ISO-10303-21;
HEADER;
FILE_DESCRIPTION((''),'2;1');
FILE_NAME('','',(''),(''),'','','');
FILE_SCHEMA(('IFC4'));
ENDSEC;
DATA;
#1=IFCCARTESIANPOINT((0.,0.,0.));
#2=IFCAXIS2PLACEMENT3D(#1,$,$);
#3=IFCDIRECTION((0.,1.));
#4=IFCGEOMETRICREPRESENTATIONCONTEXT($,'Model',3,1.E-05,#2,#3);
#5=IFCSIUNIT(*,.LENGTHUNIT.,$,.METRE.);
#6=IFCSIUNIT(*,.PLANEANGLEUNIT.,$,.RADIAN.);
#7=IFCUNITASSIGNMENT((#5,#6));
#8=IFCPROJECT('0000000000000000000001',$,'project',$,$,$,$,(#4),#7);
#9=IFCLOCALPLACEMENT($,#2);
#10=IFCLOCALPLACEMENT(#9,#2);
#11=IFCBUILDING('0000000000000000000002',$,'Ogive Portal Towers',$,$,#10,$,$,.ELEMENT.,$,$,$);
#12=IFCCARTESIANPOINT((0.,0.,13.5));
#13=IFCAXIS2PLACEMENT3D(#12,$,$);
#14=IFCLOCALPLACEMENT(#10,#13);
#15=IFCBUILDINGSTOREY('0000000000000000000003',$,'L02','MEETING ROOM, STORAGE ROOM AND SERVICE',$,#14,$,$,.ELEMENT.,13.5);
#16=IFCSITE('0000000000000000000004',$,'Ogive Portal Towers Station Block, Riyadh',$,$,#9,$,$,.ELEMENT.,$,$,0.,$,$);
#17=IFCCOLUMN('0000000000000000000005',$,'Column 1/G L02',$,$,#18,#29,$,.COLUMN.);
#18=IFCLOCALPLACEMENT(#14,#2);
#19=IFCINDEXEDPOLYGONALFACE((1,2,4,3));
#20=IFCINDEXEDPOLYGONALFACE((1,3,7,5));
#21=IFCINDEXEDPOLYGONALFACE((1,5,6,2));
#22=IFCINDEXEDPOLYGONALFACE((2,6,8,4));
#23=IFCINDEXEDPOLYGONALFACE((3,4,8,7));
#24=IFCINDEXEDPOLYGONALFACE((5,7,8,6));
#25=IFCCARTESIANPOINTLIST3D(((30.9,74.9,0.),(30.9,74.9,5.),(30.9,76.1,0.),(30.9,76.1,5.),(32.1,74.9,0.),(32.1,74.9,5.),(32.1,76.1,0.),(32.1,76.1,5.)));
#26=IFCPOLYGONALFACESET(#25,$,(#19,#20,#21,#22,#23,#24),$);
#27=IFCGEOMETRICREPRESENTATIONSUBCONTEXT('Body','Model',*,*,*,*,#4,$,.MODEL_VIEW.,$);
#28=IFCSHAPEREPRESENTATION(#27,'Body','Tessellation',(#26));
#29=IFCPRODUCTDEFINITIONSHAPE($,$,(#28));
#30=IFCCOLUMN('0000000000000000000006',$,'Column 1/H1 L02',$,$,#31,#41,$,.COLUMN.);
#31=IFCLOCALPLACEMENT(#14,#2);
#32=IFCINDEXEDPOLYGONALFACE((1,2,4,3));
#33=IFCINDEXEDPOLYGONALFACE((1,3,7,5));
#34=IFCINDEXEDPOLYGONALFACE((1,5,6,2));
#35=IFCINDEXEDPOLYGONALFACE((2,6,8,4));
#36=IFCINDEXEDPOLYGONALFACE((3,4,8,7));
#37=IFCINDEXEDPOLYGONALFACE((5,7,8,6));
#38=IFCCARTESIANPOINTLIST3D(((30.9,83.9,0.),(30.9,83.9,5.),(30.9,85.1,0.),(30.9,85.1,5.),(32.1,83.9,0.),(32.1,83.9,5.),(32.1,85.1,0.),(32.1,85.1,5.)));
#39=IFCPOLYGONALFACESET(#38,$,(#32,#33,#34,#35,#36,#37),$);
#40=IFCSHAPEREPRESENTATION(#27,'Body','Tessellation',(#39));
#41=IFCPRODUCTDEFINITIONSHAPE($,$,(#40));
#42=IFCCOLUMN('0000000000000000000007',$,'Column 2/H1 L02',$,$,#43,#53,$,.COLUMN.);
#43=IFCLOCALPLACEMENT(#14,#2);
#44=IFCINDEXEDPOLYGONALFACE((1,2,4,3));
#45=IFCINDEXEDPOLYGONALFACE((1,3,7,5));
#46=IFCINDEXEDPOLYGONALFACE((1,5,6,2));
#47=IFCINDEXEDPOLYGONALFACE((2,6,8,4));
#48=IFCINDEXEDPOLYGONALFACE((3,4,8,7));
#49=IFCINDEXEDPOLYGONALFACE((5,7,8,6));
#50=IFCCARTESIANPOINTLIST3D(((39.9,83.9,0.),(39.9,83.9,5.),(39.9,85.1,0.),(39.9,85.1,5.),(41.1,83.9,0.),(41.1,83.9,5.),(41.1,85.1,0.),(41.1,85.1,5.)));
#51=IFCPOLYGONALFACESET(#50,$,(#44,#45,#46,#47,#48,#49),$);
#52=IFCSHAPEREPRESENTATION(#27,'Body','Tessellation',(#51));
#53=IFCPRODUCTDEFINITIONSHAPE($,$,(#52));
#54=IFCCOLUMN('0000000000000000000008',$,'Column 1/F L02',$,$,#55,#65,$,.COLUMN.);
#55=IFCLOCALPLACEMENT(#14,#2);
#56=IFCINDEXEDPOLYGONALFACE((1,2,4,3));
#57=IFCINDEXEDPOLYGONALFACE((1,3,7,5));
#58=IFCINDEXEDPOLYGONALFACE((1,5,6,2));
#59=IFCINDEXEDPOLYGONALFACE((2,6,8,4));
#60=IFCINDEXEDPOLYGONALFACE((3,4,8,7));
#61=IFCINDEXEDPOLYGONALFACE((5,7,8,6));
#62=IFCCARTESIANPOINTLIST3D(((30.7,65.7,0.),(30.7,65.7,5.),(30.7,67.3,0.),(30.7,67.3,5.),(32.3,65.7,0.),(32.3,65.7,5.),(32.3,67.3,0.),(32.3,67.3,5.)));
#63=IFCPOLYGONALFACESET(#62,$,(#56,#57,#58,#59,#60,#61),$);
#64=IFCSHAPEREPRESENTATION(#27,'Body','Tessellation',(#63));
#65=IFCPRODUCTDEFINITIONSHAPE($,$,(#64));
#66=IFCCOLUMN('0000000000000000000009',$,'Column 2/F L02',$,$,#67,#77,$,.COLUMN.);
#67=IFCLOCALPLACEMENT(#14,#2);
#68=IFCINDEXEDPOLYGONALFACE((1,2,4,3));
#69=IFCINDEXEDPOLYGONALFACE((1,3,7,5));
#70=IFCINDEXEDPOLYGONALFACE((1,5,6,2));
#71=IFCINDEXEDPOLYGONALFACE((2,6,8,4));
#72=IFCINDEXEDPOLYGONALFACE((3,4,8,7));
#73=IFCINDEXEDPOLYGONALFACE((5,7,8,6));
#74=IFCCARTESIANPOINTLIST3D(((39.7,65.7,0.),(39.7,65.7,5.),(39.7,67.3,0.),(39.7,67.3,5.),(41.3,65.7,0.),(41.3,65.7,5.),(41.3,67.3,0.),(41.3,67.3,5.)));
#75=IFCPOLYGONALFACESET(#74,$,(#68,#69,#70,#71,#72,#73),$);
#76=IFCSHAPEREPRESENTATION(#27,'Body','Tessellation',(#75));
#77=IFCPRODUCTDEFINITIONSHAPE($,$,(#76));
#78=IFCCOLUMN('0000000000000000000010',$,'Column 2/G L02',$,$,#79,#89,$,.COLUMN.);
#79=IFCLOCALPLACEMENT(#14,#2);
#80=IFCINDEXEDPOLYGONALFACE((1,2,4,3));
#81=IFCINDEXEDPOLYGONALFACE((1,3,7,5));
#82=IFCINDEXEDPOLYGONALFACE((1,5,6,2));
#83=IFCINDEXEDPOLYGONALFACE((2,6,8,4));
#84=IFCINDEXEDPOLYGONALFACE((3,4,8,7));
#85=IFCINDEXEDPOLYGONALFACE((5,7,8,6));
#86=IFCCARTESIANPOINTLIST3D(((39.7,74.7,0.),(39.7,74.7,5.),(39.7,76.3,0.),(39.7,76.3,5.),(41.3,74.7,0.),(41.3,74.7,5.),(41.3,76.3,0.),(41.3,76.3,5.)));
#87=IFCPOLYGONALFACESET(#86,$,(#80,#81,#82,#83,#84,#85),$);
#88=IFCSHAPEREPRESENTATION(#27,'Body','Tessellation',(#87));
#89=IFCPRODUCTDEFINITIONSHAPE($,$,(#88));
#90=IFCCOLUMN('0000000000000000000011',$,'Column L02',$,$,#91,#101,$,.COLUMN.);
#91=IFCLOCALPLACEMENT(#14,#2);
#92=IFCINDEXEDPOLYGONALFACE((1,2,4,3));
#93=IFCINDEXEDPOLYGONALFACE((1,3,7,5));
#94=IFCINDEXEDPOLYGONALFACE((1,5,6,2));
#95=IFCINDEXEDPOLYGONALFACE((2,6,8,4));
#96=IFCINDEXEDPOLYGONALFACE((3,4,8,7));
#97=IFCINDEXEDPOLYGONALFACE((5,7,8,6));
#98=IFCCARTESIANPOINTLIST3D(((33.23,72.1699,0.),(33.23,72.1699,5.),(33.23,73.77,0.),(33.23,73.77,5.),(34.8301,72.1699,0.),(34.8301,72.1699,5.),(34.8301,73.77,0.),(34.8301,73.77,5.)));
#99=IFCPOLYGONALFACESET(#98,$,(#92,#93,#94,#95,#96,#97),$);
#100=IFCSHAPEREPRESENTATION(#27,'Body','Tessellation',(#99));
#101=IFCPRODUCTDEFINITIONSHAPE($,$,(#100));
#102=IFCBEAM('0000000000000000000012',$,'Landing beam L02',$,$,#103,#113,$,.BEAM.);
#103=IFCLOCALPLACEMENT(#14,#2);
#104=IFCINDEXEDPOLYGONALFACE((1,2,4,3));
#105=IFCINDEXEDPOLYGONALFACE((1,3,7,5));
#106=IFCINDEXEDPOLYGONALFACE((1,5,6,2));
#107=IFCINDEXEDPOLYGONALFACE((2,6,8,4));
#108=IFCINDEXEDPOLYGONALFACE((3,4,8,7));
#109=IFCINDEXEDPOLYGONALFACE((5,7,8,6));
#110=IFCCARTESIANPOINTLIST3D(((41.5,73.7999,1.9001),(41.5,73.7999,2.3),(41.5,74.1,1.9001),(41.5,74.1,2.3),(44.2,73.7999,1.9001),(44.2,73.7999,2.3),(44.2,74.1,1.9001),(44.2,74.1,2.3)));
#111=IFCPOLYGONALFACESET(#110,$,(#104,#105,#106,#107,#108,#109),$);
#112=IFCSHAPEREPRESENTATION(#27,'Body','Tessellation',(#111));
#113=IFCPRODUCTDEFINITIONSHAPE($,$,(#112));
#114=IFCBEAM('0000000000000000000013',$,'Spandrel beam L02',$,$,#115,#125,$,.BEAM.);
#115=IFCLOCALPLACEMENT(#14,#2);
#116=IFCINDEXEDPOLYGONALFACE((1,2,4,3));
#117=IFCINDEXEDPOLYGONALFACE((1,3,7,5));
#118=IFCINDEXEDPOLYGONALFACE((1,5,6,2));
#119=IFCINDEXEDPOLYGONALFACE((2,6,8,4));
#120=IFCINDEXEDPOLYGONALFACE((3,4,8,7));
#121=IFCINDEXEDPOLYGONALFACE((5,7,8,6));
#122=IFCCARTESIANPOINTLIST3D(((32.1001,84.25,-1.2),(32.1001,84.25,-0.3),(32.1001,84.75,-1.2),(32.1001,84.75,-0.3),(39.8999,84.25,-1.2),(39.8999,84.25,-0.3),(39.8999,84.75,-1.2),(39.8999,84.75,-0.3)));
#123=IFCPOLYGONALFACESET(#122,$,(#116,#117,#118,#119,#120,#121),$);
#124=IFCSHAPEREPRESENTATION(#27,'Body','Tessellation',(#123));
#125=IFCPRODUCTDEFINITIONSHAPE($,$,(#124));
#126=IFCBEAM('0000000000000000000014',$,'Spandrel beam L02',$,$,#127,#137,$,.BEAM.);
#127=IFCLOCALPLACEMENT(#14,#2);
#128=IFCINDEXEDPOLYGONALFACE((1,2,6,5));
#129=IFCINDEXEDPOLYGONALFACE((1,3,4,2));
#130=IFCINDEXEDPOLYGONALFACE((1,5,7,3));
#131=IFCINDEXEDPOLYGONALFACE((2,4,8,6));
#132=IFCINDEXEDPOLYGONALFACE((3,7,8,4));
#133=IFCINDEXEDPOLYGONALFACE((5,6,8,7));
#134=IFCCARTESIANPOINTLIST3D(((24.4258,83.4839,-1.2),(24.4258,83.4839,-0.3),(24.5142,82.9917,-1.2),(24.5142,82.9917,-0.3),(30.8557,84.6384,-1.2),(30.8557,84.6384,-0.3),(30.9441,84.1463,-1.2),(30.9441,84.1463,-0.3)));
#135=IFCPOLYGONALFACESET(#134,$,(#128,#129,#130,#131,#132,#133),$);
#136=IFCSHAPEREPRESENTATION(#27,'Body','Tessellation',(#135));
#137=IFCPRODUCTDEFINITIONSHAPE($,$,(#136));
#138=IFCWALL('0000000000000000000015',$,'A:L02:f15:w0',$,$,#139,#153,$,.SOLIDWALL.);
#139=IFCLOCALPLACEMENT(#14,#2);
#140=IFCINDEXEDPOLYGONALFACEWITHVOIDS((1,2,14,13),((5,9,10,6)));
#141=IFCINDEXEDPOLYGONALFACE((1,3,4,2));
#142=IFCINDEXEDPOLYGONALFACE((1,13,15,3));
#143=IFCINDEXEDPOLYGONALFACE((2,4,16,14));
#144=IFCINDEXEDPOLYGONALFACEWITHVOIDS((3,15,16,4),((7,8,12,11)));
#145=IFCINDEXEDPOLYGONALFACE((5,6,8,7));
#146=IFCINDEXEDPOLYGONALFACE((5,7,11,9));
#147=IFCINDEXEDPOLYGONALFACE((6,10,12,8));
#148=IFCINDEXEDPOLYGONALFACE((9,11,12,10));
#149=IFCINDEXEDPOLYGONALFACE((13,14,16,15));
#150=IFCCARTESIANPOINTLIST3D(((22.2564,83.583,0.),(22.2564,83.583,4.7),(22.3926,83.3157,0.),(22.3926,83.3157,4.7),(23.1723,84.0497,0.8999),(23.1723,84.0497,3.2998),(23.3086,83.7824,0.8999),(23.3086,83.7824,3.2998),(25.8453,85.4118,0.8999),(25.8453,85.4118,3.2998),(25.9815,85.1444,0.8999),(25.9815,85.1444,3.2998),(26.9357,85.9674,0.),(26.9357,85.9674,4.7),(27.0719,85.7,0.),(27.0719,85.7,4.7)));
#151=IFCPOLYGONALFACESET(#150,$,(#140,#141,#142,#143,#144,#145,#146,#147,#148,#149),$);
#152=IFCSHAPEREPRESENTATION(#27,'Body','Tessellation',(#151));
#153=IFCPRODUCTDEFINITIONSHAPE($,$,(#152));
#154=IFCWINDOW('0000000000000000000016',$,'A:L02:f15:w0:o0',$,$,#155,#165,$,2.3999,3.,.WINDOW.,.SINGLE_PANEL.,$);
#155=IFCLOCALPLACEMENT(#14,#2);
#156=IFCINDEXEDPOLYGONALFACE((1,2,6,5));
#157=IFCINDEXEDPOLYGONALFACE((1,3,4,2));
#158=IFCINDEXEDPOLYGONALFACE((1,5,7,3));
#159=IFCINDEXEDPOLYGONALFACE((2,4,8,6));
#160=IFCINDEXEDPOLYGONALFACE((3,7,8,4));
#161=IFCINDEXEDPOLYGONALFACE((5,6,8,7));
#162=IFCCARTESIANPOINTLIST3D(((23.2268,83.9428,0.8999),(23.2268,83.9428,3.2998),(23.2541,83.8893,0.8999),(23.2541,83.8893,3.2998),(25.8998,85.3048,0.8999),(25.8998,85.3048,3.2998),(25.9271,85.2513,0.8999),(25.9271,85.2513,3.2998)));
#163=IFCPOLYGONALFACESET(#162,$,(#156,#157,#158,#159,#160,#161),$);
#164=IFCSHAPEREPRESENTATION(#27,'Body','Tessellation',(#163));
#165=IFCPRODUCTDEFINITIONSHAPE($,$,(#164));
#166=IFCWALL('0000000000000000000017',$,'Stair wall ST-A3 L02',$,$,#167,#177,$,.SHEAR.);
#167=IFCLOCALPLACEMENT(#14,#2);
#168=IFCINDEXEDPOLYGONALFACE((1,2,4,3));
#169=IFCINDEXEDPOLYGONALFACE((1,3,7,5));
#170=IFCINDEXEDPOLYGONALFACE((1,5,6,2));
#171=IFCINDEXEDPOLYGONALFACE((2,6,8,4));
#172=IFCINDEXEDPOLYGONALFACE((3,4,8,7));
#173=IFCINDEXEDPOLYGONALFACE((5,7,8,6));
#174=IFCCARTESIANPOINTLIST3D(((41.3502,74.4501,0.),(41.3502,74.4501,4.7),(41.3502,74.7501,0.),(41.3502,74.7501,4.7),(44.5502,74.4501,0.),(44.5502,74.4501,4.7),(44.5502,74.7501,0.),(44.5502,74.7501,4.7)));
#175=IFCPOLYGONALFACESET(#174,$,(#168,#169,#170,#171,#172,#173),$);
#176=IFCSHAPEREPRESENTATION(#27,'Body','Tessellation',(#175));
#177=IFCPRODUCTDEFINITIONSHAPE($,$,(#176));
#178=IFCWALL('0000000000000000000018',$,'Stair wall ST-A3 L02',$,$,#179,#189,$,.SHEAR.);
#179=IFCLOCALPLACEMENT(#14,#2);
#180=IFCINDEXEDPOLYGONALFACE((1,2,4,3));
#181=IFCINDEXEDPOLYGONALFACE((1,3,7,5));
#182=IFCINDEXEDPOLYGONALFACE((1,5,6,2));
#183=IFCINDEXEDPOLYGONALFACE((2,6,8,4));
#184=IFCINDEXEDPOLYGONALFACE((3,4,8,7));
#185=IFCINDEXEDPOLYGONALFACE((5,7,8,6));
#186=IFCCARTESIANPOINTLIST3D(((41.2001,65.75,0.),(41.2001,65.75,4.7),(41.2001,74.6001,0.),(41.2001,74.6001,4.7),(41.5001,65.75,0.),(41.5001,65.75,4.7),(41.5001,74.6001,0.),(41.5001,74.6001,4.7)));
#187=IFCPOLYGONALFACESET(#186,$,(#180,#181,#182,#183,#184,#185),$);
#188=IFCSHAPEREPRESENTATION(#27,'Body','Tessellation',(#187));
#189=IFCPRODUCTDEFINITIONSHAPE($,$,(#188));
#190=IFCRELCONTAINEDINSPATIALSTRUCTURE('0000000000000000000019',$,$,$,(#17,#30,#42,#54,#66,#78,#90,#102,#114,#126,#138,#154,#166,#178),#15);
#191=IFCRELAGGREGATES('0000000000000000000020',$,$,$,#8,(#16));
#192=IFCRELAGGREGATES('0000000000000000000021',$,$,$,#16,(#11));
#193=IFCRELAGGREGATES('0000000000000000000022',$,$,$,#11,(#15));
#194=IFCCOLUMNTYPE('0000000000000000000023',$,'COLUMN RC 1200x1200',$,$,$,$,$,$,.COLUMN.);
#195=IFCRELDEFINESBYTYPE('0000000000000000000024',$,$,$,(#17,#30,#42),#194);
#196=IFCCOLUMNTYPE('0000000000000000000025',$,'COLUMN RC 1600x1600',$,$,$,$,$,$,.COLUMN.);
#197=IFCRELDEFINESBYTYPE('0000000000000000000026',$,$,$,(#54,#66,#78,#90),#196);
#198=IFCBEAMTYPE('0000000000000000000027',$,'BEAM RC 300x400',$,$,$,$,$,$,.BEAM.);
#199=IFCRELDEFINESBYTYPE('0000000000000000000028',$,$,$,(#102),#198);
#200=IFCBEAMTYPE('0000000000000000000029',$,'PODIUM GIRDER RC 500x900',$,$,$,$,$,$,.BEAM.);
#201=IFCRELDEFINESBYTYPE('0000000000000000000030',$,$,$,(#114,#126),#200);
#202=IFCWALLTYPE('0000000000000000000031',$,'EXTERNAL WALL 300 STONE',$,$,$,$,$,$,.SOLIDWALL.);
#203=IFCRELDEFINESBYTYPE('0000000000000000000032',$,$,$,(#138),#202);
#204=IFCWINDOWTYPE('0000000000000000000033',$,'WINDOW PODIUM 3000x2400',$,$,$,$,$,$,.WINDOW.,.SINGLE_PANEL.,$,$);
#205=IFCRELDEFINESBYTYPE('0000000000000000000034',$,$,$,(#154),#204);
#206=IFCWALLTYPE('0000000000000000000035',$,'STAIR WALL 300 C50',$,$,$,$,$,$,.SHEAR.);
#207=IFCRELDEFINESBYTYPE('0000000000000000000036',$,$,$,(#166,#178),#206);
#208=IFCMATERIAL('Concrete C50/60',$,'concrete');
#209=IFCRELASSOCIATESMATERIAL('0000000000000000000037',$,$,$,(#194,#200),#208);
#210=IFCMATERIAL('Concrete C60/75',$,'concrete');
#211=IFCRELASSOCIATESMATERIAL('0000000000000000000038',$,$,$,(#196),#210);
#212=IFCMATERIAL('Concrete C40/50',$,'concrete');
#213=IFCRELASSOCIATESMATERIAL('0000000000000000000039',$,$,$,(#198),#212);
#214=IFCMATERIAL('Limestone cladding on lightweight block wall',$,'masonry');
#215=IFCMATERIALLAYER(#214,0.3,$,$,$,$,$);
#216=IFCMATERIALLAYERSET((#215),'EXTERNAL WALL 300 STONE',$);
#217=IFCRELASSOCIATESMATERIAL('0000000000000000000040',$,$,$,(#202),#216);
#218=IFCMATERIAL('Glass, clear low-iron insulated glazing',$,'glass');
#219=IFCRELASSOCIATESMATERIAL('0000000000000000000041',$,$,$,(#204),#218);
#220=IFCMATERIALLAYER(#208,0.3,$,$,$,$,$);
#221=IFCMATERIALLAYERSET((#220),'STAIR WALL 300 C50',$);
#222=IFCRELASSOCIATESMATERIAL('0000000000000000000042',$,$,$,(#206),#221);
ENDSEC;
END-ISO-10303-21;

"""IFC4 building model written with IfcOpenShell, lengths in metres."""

from ifc_helpers import new_model, si_unit, direction, frame, frame_2d, origin, origin_2d, place, context, subcontext, project, spatial, rectangle, extrude, material, layer, layer_set, material_profile, profile_set, type_object, element, fill, save


model = new_model("IFC4")

# Units and contexts
model_context = context("Model", 3, precision=1e-05, world=origin(), true_north=direction((0.0, 1.0)))
body_context = subcontext(model_context, "Body", "Model", "MODEL_VIEW")
ifc_project = project(units=[si_unit("LENGTHUNIT", "METRE"), si_unit("PLANEANGLEUNIT", "RADIAN")], contexts=[model_context])

# Site, building, storey
site_placement = place(None, origin())
site = spatial("IfcSite", under=ifc_project, at=site_placement, Name="Ogive Portal Towers Station Block, Riyadh", CompositionType="ELEMENT", RefElevation=0.0)
building_placement = place(site_placement, origin())
building = spatial("IfcBuilding", under=site, at=building_placement, Name="Ogive Portal Towers", CompositionType="ELEMENT")
storey_placement = place(building_placement, frame((0.0, 0.0, 13.5)))
storey = spatial("IfcBuildingStorey", under=building, at=storey_placement, Name="L02", Description="MEETING ROOM, STORAGE ROOM AND SERVICE", CompositionType="ELEMENT", Elevation=13.5)

# Columns
ifc_material_1 = material(Name="Concrete C50/60", Category="concrete")
ifc_material_profile_1 = material_profile(ifc_material_1, rectangle(XDim=1.2, YDim=1.2, at=origin_2d()), Name="RC 1200x1200")
ifc_profile_set_1 = profile_set([ifc_material_profile_1], Name="Concrete C50/60")
column_type_1 = type_object("IfcColumnType", Name="COLUMN RC 1200x1200", PredefinedType="COLUMN", material=ifc_profile_set_1)
for number, where, z_axis, x_axis, name in (
    (1, (31.5, 75.5, 0.0), (0.0, 0.0, 1.0), (1.0, 0.0, 0.0), "Column 1/G L02"),
    (2, (31.5, 84.5, 0.0), (0.0, 0.0, 1.0), (1.0, 0.0, 0.0), "Column 1/H1 L02"),
    (3, (40.5, 84.5, 0.0), (0.0, 0.0, 1.0), (1.0, 0.0, 0.0), "Column 2/H1 L02"),
):
    element("IfcColumn", number, at=place(storey_placement, frame(where, z_axis=z_axis, x_axis=x_axis)), inside=storey, type_object=column_type_1, Name=name, PredefinedType="COLUMN", context=body_context, shape_type="SweptSolid", body=[
        extrude(rectangle(XDim=1.2, YDim=1.2, at=origin_2d()), origin(), (0.0, 0.0, 1.0), 5.0),
    ])
ifc_material_2 = material(Name="Concrete C60/75", Category="concrete")
ifc_material_profile_2 = material_profile(ifc_material_2, rectangle(XDim=1.6001, YDim=1.6001, at=origin_2d()), Name="RC 1600x1600")
ifc_profile_set_2 = profile_set([ifc_material_profile_2], Name="Concrete C60/75")
column_type_2 = type_object("IfcColumnType", Name="COLUMN RC 1600x1600", PredefinedType="COLUMN", material=ifc_profile_set_2)
for number, where, z_axis, x_axis, name in (
    (4, (31.5, 66.5, 0.0), (0.0, 0.0, 1.0), (1.0, 0.0, 0.0), "Column 1/F L02"),
    (5, (40.5, 66.5, 0.0), (0.0, 0.0, 1.0), (1.0, 0.0, 0.0), "Column 2/F L02"),
    (6, (40.5, 75.5, 0.0), (0.0, 0.0, 1.0), (1.0, 0.0, 0.0), "Column 2/G L02"),
    (7, (34.03, 72.97, 0.0), (0.0, 0.0, 1.0), (1.0, 0.0, 0.0), "Column L02"),
):
    element("IfcColumn", number, at=place(storey_placement, frame(where, z_axis=z_axis, x_axis=x_axis)), inside=storey, type_object=column_type_2, Name=name, PredefinedType="COLUMN", context=body_context, shape_type="SweptSolid", body=[
        extrude(rectangle(XDim=1.6001, YDim=1.6001, at=origin_2d()), origin(), (0.0, 0.0, 1.0), 5.0),
    ])

# Beams
ifc_material_3 = material(Name="Concrete C40/50", Category="concrete")
ifc_material_profile_3 = material_profile(ifc_material_3, rectangle(XDim=0.3, YDim=0.3999, at=origin_2d()), Name="RC 300x400")
ifc_profile_set_3 = profile_set([ifc_material_profile_3], Name="Concrete C40/50")
beam_type_1 = type_object("IfcBeamType", Name="BEAM RC 300x400", PredefinedType="BEAM", material=ifc_profile_set_3)
beam_1_placement = place(storey_placement, frame((41.5, 73.95, 2.1001), z_axis=(1.0, 0.0, 0.0), x_axis=(0.0, 1.0, 0.0)))
element("IfcBeam", 8, at=beam_1_placement, inside=storey, type_object=beam_type_1, Name="Landing beam L02", PredefinedType="BEAM", context=body_context, shape_type="SweptSolid", body=[
    extrude(rectangle(XDim=0.3, YDim=0.3999, at=origin_2d()), origin(), (0.0, 0.0, 1.0), 2.7),
])
ifc_material_profile_4 = material_profile(ifc_material_1, rectangle(XDim=0.5, YDim=0.8999, at=origin_2d()), Name="RC 500x900")
ifc_profile_set_4 = profile_set([ifc_material_profile_4], Name="Concrete C50/60")
beam_type_2 = type_object("IfcBeamType", Name="PODIUM GIRDER RC 500x900", PredefinedType="BEAM", material=ifc_profile_set_4)
beam_2_placement = place(storey_placement, frame((39.8999, 84.5, -0.75), z_axis=(-1.0, 0.0, 0.0), x_axis=(0.0, -1.0, 0.0)))
element("IfcBeam", 9, at=beam_2_placement, inside=storey, type_object=beam_type_2, Name="Spandrel beam L02", PredefinedType="BEAM", context=body_context, shape_type="SweptSolid", body=[
    extrude(rectangle(XDim=0.5, YDim=0.8999, at=origin_2d()), origin(), (0.0, 0.0, 1.0), 7.7998),
])
beam_3_placement = place(storey_placement, frame((30.8999, 84.3923, -0.75), z_axis=(-0.984259, -0.176731, 0.0), x_axis=(0.176731, -0.984259, 0.0)))
element("IfcBeam", 10, at=beam_3_placement, inside=storey, type_object=beam_type_2, Name="Spandrel beam L02", PredefinedType="BEAM", context=body_context, shape_type="SweptSolid", body=[
    extrude(rectangle(XDim=0.5, YDim=0.8999, at=origin_2d()), origin(), (0.0, 0.0, 1.0), 6.5327),
])

# Wall, opening, window
ifc_material_4 = material(Name="Limestone cladding on lightweight block wall", Category="masonry")
ifc_layer_1 = layer(ifc_material_4, 0.3)
ifc_layer_set_1 = layer_set([ifc_layer_1], Name="EXTERNAL WALL 300 STONE")
wall_type_1 = type_object("IfcWallType", Name="EXTERNAL WALL 300 STONE", PredefinedType="SOLIDWALL", material=ifc_layer_set_1)
wall_1_placement = place(storey_placement, frame((27.0039, 85.8337, 0.0), z_axis=(0.0, 0.0, 1.0), x_axis=(-0.890998, -0.454007, 0.0)))
wall_1 = element("IfcWall", 11, at=wall_1_placement, inside=storey, type_object=wall_type_1, Name="A:L02:f15:w0", PredefinedType="SOLIDWALL", context=body_context, shape_type="SweptSolid", body=[
    extrude(rectangle(XDim=5.2517, YDim=0.3, at=frame_2d((2.626, 0.0))), origin(), (0.0, 0.0, 1.0), 4.7),
])
opening_placement = place(wall_1_placement, frame((1.2239, 0.0, 0.8999)))
opening = element("IfcOpeningElement", 12, at=opening_placement, cuts=wall_1, PredefinedType="OPENING", context=body_context, shape_type="SweptSolid", body=[
    extrude(rectangle(XDim=3.0, YDim=2.3999, at=frame_2d((1.5, 1.2))), frame((0.0, 0.1602, 0.0), z_axis=(0.0, -1.0, 0.0), x_axis=(1.0, 0.0, 0.0)), (0.0, 0.0, 1.0), 0.3201),
])
ifc_material_5 = material(Name="Glass, clear low-iron insulated glazing", Category="glass")
window_type = type_object("IfcWindowType", Name="WINDOW PODIUM 3000x2400", PartitioningType="SINGLE_PANEL", PredefinedType="WINDOW", material=ifc_material_5)
window_placement = place(opening_placement, origin())
window = element("IfcWindow", 13, at=window_placement, inside=storey, type_object=window_type, Name="A:L02:f15:w0:o0", OverallHeight=2.3999, OverallWidth=3.0, PartitioningType="SINGLE_PANEL", PredefinedType="WINDOW", context=body_context, shape_type="SweptSolid", body=[
    extrude(rectangle(XDim=3.0, YDim=2.3999, at=frame_2d((1.5, 1.2))), frame((0.0, 0.03, 0.0), z_axis=(0.0, -1.0, 0.0), x_axis=(1.0, 0.0, 0.0)), (0.0, 0.0, 1.0), 0.0601),
])
fill(opening, window)

# Walls
ifc_layer_2 = layer(ifc_material_1, 0.3)
ifc_layer_set_2 = layer_set([ifc_layer_2], Name="STAIR WALL 300 C50")
wall_type_2 = type_object("IfcWallType", Name="STAIR WALL 300 C50", PredefinedType="SHEAR", material=ifc_layer_set_2)
wall_2_placement = place(storey_placement, frame((41.3501, 74.6001, 0.0), z_axis=(0.0, 0.0, 1.0), x_axis=(1.0, 0.0, 0.0)))
element("IfcWall", 14, at=wall_2_placement, inside=storey, type_object=wall_type_2, Name="Stair wall ST-A3 L02", PredefinedType="SHEAR", context=body_context, shape_type="SweptSolid", body=[
    extrude(rectangle(XDim=3.2, YDim=0.3, at=frame_2d((1.6001, 0.0))), origin(), (0.0, 0.0, 1.0), 4.7),
])
wall_3_placement = place(storey_placement, frame((41.3501, 65.75, 0.0), z_axis=(0.0, 0.0, 1.0), x_axis=(0.0, 1.0, 0.0)))
element("IfcWall", 15, at=wall_3_placement, inside=storey, type_object=wall_type_2, Name="Stair wall ST-A3 L02", PredefinedType="SHEAR", context=body_context, shape_type="SweptSolid", body=[
    extrude(rectangle(XDim=8.8501, YDim=0.3, at=frame_2d((4.425, 0.0))), origin(), (0.0, 0.0, 1.0), 4.7),
])

save(model, "model.ifc")
